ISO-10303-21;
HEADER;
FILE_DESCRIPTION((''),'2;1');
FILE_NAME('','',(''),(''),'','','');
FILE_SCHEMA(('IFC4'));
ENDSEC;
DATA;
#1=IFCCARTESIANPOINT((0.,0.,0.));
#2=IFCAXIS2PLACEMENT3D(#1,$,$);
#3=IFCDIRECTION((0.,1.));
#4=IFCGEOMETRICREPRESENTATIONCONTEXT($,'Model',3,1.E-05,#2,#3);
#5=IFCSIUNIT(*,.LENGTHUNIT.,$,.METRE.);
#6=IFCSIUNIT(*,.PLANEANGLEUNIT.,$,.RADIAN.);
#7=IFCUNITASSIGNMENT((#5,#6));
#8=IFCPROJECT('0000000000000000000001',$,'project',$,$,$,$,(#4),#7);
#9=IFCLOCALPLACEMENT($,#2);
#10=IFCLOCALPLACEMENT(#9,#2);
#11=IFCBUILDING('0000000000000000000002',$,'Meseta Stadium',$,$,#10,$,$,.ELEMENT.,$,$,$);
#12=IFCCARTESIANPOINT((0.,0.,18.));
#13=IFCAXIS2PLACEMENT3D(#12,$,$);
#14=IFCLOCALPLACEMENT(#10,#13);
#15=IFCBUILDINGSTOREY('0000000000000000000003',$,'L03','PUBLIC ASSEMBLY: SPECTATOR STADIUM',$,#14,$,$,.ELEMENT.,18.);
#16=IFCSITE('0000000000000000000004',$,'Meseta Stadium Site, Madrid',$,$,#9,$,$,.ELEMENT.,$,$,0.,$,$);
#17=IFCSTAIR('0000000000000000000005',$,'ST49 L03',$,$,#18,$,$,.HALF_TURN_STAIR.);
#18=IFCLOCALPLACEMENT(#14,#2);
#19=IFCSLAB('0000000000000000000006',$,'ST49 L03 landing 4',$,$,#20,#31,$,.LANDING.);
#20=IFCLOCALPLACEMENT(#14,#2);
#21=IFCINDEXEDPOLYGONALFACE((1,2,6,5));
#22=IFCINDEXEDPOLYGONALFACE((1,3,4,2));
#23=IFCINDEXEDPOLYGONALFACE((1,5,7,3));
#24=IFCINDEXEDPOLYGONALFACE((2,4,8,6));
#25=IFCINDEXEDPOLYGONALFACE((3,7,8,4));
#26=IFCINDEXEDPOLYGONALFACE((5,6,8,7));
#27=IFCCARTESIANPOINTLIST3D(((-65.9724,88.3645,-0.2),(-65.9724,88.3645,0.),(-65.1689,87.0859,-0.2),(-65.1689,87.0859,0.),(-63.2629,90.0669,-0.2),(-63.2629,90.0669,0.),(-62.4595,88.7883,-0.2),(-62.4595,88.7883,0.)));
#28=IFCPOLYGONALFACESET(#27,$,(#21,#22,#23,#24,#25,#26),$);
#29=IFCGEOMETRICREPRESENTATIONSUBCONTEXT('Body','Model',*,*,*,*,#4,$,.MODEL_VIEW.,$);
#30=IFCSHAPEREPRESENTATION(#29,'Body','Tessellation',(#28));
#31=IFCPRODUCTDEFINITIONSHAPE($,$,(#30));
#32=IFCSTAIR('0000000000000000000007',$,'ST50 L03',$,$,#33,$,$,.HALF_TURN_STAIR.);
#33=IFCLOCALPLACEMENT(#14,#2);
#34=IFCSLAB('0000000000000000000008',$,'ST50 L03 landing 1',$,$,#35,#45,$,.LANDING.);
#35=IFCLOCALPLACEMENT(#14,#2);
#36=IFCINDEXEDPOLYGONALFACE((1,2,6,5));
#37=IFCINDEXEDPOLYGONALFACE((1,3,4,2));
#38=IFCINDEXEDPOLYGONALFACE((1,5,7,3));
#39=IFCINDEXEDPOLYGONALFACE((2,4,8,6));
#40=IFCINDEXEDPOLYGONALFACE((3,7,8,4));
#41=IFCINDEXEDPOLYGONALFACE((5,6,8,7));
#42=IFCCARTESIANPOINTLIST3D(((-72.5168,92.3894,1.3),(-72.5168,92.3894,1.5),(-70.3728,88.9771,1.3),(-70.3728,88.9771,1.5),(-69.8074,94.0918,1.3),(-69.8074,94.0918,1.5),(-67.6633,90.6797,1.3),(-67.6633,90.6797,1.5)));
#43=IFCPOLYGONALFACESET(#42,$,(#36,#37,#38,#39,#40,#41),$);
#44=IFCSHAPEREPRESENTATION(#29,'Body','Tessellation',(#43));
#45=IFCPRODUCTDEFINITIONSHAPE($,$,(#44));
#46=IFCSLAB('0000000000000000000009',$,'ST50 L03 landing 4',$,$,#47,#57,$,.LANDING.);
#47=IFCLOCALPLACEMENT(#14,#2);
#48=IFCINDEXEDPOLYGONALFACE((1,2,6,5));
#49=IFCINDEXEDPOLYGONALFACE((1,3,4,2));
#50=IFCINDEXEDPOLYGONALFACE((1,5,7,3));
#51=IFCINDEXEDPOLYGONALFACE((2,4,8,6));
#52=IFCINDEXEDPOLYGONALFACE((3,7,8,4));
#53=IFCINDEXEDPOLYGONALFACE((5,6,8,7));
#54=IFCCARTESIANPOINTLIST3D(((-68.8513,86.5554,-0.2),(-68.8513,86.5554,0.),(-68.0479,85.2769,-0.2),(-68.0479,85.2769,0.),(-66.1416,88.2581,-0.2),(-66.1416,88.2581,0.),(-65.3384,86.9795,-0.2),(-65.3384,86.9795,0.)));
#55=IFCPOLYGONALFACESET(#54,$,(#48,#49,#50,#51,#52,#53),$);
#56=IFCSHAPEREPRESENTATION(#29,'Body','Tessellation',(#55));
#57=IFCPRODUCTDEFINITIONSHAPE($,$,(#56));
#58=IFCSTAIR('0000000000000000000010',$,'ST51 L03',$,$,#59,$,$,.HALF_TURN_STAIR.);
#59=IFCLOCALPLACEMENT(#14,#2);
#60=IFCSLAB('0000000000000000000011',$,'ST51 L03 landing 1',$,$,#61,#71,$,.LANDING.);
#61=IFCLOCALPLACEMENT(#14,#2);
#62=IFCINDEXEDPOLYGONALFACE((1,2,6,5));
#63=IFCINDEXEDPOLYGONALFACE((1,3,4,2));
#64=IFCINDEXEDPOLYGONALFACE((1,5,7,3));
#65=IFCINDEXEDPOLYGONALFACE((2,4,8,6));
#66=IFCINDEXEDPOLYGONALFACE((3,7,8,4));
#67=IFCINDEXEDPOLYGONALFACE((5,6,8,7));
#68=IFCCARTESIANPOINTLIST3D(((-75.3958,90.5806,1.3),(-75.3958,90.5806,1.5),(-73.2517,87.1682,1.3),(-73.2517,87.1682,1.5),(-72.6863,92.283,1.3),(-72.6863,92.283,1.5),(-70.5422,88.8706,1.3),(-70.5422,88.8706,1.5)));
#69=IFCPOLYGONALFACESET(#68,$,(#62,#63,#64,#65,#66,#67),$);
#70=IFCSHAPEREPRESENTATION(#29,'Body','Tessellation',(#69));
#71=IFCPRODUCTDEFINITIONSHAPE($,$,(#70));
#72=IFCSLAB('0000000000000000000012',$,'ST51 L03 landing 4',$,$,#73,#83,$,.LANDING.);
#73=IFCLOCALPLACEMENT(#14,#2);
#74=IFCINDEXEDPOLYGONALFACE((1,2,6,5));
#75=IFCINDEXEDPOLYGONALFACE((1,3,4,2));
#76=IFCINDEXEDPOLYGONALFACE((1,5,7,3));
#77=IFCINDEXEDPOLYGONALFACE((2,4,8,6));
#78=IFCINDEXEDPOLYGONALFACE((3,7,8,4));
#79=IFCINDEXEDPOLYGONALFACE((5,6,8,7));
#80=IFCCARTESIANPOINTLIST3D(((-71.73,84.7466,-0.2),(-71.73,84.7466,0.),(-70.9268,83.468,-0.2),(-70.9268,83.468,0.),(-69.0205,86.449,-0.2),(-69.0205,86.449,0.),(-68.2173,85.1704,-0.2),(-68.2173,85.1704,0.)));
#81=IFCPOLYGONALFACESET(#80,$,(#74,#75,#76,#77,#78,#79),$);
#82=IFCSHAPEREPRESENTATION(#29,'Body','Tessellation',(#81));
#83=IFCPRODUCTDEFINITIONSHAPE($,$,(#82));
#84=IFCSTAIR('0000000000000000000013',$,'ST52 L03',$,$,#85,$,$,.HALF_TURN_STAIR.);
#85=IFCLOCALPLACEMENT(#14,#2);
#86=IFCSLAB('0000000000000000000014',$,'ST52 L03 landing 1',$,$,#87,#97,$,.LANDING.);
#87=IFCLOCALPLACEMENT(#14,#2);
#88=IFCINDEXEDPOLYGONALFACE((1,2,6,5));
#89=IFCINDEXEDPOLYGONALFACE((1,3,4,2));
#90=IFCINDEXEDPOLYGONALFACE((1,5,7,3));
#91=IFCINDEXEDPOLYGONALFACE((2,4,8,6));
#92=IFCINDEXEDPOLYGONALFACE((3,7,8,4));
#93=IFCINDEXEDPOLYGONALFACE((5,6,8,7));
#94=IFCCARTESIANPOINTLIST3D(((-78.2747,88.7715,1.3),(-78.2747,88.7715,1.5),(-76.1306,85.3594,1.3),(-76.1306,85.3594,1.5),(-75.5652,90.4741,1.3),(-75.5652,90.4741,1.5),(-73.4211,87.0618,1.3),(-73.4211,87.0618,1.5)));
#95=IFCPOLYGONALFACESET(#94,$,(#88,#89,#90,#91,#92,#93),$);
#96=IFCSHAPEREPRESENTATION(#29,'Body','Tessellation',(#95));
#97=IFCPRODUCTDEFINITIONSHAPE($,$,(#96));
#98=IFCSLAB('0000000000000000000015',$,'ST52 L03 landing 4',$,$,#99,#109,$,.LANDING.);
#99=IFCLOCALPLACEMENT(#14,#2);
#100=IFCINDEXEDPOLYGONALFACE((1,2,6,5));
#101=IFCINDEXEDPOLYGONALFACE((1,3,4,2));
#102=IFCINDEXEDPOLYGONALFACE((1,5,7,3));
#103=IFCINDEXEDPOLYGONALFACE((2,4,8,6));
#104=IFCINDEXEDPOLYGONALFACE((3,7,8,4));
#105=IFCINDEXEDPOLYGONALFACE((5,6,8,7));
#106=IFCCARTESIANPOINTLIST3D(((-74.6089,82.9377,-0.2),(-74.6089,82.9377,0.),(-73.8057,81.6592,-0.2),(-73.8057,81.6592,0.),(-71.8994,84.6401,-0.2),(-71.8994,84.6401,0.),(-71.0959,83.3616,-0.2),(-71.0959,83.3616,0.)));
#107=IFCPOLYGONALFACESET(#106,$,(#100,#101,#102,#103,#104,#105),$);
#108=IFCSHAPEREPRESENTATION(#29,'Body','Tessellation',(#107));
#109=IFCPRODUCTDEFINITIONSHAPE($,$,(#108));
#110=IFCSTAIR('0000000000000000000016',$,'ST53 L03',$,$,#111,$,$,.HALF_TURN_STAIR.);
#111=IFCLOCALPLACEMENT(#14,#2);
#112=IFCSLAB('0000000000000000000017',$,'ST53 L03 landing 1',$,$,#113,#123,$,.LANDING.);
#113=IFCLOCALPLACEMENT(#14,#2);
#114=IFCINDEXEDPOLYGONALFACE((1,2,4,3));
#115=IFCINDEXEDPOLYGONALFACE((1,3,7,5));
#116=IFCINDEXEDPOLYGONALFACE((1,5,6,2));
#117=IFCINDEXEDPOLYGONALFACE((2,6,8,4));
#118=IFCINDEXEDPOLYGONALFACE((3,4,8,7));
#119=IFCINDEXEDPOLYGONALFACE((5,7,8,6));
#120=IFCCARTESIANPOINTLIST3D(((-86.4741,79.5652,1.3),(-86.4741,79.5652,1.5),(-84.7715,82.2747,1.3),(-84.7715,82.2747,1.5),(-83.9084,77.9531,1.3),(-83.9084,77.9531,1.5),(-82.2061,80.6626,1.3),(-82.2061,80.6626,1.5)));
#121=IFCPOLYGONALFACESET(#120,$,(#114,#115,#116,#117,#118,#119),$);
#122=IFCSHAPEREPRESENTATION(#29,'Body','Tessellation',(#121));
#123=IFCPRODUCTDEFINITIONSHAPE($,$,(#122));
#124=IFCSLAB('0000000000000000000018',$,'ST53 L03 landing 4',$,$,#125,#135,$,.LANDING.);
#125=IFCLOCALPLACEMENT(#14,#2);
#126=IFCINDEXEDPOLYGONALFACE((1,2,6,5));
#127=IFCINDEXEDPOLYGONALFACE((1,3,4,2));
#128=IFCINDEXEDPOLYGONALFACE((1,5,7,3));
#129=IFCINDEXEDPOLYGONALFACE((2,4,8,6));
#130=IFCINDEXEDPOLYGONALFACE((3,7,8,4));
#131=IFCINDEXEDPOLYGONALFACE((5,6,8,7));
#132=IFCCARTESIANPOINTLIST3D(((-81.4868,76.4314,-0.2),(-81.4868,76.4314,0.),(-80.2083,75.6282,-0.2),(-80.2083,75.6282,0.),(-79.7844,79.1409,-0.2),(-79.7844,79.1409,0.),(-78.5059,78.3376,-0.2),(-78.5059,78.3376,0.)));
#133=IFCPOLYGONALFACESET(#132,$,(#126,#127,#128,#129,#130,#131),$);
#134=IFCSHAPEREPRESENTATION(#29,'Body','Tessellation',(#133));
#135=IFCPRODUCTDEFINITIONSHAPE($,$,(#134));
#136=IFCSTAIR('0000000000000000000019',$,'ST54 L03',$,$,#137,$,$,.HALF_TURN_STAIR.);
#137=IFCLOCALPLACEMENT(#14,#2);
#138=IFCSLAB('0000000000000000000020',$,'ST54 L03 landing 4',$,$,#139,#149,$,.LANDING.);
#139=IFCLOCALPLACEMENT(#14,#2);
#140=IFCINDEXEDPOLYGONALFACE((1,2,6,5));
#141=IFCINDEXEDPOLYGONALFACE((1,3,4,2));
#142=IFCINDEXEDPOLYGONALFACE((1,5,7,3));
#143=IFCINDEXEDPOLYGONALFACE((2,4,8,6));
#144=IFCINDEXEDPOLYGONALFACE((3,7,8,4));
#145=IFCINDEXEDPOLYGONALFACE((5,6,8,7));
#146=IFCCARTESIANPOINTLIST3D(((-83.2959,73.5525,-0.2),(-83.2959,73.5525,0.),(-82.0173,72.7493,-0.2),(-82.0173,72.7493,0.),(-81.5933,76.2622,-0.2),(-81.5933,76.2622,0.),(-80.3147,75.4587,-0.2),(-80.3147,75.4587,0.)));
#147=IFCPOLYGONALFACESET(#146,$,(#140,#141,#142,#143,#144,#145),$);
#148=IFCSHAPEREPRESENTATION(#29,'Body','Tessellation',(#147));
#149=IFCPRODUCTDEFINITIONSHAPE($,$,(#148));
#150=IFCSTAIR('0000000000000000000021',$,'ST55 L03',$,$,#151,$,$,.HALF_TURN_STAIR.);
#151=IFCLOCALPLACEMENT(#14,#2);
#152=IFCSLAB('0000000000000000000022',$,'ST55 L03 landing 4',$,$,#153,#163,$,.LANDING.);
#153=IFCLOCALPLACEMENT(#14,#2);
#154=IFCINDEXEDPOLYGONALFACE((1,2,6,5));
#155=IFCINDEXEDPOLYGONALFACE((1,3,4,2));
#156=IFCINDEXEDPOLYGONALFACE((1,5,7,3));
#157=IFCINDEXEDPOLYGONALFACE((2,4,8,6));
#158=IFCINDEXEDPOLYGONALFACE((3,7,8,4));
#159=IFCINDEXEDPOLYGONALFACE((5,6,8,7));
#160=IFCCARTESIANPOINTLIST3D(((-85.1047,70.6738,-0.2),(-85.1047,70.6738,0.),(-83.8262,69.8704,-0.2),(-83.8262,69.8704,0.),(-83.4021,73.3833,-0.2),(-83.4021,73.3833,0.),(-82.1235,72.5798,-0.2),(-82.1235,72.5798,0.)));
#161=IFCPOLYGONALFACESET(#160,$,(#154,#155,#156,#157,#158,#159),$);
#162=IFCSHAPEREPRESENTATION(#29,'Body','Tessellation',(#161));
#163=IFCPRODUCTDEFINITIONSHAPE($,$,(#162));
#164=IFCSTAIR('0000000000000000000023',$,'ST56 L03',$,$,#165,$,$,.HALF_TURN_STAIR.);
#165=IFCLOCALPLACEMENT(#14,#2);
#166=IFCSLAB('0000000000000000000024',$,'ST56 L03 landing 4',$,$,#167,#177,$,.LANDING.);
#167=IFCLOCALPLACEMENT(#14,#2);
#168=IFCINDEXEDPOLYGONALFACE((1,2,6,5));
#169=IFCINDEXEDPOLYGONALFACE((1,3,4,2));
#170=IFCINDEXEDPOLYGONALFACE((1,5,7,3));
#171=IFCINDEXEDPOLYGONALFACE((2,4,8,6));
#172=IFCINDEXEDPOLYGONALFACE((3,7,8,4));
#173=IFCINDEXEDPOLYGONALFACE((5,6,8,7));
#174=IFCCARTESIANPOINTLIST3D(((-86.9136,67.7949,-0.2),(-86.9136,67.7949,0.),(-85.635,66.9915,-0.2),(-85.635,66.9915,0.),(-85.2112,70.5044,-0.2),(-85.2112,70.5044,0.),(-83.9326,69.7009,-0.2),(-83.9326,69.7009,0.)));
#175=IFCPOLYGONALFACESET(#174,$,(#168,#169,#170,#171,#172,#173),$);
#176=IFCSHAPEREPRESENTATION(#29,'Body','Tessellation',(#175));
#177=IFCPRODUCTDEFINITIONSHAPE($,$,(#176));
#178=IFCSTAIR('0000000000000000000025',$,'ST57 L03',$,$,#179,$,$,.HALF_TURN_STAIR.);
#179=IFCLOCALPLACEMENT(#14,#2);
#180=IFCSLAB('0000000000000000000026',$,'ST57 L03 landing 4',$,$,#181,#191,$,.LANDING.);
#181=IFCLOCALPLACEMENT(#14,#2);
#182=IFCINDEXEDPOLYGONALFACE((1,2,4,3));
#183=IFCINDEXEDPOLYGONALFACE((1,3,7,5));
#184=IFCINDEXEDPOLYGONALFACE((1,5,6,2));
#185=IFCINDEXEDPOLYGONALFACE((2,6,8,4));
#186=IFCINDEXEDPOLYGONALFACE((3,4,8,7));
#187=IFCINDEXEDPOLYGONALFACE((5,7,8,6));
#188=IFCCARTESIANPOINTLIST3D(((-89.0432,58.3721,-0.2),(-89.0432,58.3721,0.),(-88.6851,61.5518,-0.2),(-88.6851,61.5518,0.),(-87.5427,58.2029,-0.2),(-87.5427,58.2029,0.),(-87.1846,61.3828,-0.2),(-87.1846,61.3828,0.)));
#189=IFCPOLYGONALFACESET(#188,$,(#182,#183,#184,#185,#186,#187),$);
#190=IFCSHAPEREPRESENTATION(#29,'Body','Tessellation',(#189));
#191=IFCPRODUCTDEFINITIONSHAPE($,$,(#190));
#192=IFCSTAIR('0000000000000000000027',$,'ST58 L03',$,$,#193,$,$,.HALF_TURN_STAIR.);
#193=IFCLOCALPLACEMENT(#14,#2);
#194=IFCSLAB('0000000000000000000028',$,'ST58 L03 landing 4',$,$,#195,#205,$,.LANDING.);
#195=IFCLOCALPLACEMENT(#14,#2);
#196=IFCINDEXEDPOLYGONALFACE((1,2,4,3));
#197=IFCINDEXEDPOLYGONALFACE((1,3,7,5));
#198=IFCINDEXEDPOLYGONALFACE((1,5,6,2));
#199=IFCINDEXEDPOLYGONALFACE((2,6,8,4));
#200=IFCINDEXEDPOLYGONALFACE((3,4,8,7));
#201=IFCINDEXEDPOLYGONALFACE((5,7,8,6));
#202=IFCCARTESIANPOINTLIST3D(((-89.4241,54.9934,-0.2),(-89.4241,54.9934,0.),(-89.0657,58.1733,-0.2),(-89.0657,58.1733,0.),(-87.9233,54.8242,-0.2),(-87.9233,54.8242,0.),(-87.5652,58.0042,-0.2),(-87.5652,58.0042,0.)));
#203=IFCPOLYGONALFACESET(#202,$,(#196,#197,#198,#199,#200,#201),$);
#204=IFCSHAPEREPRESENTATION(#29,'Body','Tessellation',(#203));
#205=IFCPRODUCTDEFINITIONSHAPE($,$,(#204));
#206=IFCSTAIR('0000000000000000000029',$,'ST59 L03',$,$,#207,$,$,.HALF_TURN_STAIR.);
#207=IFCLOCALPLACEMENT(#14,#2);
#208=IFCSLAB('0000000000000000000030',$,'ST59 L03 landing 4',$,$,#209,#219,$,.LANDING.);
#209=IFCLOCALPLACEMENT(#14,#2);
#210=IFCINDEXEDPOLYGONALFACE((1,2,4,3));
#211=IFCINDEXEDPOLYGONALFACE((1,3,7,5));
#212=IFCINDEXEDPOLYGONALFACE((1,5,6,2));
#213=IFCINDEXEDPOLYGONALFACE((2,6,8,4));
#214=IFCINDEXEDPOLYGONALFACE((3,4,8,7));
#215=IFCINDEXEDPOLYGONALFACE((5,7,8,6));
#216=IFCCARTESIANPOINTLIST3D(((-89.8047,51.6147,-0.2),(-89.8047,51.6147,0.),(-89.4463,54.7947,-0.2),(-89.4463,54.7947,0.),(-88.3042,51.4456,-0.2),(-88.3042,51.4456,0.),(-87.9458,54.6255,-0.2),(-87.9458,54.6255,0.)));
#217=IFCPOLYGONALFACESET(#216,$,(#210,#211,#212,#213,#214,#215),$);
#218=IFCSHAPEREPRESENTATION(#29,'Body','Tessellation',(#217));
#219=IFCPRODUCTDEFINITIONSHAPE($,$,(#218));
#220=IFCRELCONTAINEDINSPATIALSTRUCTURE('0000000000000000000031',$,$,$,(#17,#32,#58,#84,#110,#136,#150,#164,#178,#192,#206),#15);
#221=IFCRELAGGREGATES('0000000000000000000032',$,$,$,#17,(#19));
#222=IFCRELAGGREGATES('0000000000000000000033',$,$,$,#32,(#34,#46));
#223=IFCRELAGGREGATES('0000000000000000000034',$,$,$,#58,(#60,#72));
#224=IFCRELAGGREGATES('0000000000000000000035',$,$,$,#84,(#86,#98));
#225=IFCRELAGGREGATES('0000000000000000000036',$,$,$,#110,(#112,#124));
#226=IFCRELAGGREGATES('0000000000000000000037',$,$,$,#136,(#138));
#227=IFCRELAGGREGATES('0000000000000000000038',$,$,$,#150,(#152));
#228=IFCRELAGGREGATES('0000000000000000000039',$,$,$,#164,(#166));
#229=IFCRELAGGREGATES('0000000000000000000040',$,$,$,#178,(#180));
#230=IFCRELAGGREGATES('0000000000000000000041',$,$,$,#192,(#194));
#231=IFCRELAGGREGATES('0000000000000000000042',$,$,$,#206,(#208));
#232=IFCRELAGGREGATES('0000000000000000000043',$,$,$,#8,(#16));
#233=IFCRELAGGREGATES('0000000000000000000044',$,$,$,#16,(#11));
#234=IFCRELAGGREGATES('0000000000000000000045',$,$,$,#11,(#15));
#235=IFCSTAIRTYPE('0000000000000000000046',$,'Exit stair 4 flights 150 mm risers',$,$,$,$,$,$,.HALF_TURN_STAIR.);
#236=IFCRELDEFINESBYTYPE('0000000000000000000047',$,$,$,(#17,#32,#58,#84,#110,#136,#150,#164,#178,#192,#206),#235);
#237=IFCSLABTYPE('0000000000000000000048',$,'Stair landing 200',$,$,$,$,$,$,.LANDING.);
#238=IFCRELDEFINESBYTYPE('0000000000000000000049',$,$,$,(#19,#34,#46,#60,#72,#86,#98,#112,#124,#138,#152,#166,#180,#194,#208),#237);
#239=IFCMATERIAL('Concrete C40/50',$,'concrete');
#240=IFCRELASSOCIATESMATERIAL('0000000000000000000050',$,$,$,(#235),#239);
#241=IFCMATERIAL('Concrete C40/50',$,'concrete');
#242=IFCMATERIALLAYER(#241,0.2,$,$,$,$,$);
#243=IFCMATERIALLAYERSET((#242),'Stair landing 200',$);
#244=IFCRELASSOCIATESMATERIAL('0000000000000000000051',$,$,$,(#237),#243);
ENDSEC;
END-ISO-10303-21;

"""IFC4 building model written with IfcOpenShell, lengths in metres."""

from ifc_helpers import new_model, si_unit, direction, frame, origin, place, context, subcontext, project, spatial, polyline, outline, extrude, material, layer, layer_set, type_object, element, aggregate, save


model = new_model("IFC4")

# Units and contexts
model_context = context("Model", 3, precision=1e-05, world=origin(), true_north=direction((0.0, 1.0)))
body_context = subcontext(model_context, "Body", "Model", "MODEL_VIEW")
ifc_project = project(units=[si_unit("LENGTHUNIT", "METRE"), si_unit("PLANEANGLEUNIT", "RADIAN")], contexts=[model_context])

# Site, building, storey
site_placement = place(None, origin())
site = spatial("IfcSite", under=ifc_project, at=site_placement, Name="Meseta Stadium Site, Madrid", CompositionType="ELEMENT", RefElevation=0.0)
building_placement = place(site_placement, origin())
building = spatial("IfcBuilding", under=site, at=building_placement, Name="Meseta Stadium", CompositionType="ELEMENT")
storey_placement = place(building_placement, frame((0.0, 0.0, 18.0)))
storey = spatial("IfcBuildingStorey", under=building, at=storey_placement, Name="L03", Description="PUBLIC ASSEMBLY: SPECTATOR STADIUM", CompositionType="ELEMENT", Elevation=18.0)

# Stair, slab
ifc_material_1 = material(Name="Concrete C40/50", Category="concrete")
stair_type = type_object("IfcStairType", Name="Exit stair 4 flights 150 mm risers", PredefinedType="HALF_TURN_STAIR", material=ifc_material_1)
stair_1_placement = place(storey_placement, origin())
stair_1 = element("IfcStair", 1, at=stair_1_placement, inside=storey, type_object=stair_type, Name="ST49 L03", PredefinedType="HALF_TURN_STAIR")
ifc_material_2 = material(Name="Concrete C40/50", Category="concrete")
ifc_layer = layer(ifc_material_2, 0.2)
ifc_layer_set = layer_set([ifc_layer], Name="Stair landing 200")
slab_type = type_object("IfcSlabType", Name="Stair landing 200", PredefinedType="LANDING", material=ifc_layer_set)
slab_1_placement = place(storey_placement, frame((0.0, 0.0, -0.2)))
slab_1 = element("IfcSlab", 2, at=slab_1_placement, type_object=slab_type, Name="ST49 L03 landing 4", PredefinedType="LANDING", context=body_context, shape_type="SweptSolid", body=[
    extrude(outline(polyline([(-62.4595, 88.7883), (-63.2629, 90.0669), (-65.9724, 88.3645), (-65.1689, 87.0859), (-62.4595, 88.7883)])), origin(), (0.0, 0.0, 1.0), 0.2),
])
aggregate(stair_1, [slab_1])

# Stairs, slabs
stair_2_placement = place(storey_placement, origin())
stair_2 = element("IfcStair", 3, at=stair_2_placement, inside=storey, type_object=stair_type, Name="ST50 L03", PredefinedType="HALF_TURN_STAIR")
slab_2_placement = place(storey_placement, frame((0.0, 0.0, 1.3)))
slab_2 = element("IfcSlab", 4, at=slab_2_placement, type_object=slab_type, Name="ST50 L03 landing 1", PredefinedType="LANDING", context=body_context, shape_type="SweptSolid", body=[
    extrude(outline(polyline([(-67.6633, 90.6797), (-69.8074, 94.0918), (-72.5168, 92.3894), (-70.3728, 88.9771), (-67.6633, 90.6797)])), origin(), (0.0, 0.0, 1.0), 0.2),
])
slab_3_placement = place(storey_placement, frame((0.0, 0.0, -0.2)))
slab_3 = element("IfcSlab", 5, at=slab_3_placement, type_object=slab_type, Name="ST50 L03 landing 4", PredefinedType="LANDING", context=body_context, shape_type="SweptSolid", body=[
    extrude(outline(polyline([(-65.3384, 86.9795), (-66.1416, 88.2581), (-68.8513, 86.5554), (-68.0479, 85.2769), (-65.3384, 86.9795)])), origin(), (0.0, 0.0, 1.0), 0.2),
])
aggregate(stair_2, [slab_2, slab_3])
stair_3_placement = place(storey_placement, origin())
stair_3 = element("IfcStair", 6, at=stair_3_placement, inside=storey, type_object=stair_type, Name="ST51 L03", PredefinedType="HALF_TURN_STAIR")
slab_4_placement = place(storey_placement, frame((0.0, 0.0, 1.3)))
slab_4 = element("IfcSlab", 7, at=slab_4_placement, type_object=slab_type, Name="ST51 L03 landing 1", PredefinedType="LANDING", context=body_context, shape_type="SweptSolid", body=[
    extrude(outline(polyline([(-70.5422, 88.8706), (-72.6863, 92.283), (-75.3958, 90.5806), (-73.2517, 87.1682), (-70.5422, 88.8706)])), origin(), (0.0, 0.0, 1.0), 0.2),
])
slab_5_placement = place(storey_placement, frame((0.0, 0.0, -0.2)))
slab_5 = element("IfcSlab", 8, at=slab_5_placement, type_object=slab_type, Name="ST51 L03 landing 4", PredefinedType="LANDING", context=body_context, shape_type="SweptSolid", body=[
    extrude(outline(polyline([(-68.2173, 85.1704), (-69.0205, 86.449), (-71.73, 84.7466), (-70.9268, 83.468), (-68.2173, 85.1704)])), origin(), (0.0, 0.0, 1.0), 0.2),
])
aggregate(stair_3, [slab_4, slab_5])
stair_4_placement = place(storey_placement, origin())
stair_4 = element("IfcStair", 9, at=stair_4_placement, inside=storey, type_object=stair_type, Name="ST52 L03", PredefinedType="HALF_TURN_STAIR")
slab_6_placement = place(storey_placement, frame((0.0, 0.0, 1.3)))
slab_6 = element("IfcSlab", 10, at=slab_6_placement, type_object=slab_type, Name="ST52 L03 landing 1", PredefinedType="LANDING", context=body_context, shape_type="SweptSolid", body=[
    extrude(outline(polyline([(-73.4211, 87.0618), (-75.5652, 90.4741), (-78.2747, 88.7715), (-76.1306, 85.3594), (-73.4211, 87.0618)])), origin(), (0.0, 0.0, 1.0), 0.2),
])
slab_7_placement = place(storey_placement, frame((0.0, 0.0, -0.2)))
slab_7 = element("IfcSlab", 11, at=slab_7_placement, type_object=slab_type, Name="ST52 L03 landing 4", PredefinedType="LANDING", context=body_context, shape_type="SweptSolid", body=[
    extrude(outline(polyline([(-71.0959, 83.3616), (-71.8994, 84.6401), (-74.6089, 82.9377), (-73.8057, 81.6592), (-71.0959, 83.3616)])), origin(), (0.0, 0.0, 1.0), 0.2),
])
aggregate(stair_4, [slab_6, slab_7])
stair_5_placement = place(storey_placement, origin())
stair_5 = element("IfcStair", 12, at=stair_5_placement, inside=storey, type_object=stair_type, Name="ST53 L03", PredefinedType="HALF_TURN_STAIR")
slab_8_placement = place(storey_placement, frame((0.0, 0.0, 1.3)))
slab_8 = element("IfcSlab", 13, at=slab_8_placement, type_object=slab_type, Name="ST53 L03 landing 1", PredefinedType="LANDING", context=body_context, shape_type="SweptSolid", body=[
    extrude(outline(polyline([(-82.2061, 80.6626), (-84.7715, 82.2747), (-86.4741, 79.5652), (-83.9084, 77.9531), (-82.2061, 80.6626)])), origin(), (0.0, 0.0, 1.0), 0.2),
])
slab_9_placement = place(storey_placement, frame((0.0, 0.0, -0.2)))
slab_9 = element("IfcSlab", 14, at=slab_9_placement, type_object=slab_type, Name="ST53 L03 landing 4", PredefinedType="LANDING", context=body_context, shape_type="SweptSolid", body=[
    extrude(outline(polyline([(-78.5059, 78.3376), (-79.7844, 79.1409), (-81.4868, 76.4314), (-80.2083, 75.6282), (-78.5059, 78.3376)])), origin(), (0.0, 0.0, 1.0), 0.2),
])
aggregate(stair_5, [slab_8, slab_9])

# Stairs, slabs
stair_6_placement = place(storey_placement, origin())
stair_6 = element("IfcStair", 15, at=stair_6_placement, inside=storey, type_object=stair_type, Name="ST54 L03", PredefinedType="HALF_TURN_STAIR")
slab_10_placement = place(storey_placement, frame((0.0, 0.0, -0.2)))
slab_10 = element("IfcSlab", 16, at=slab_10_placement, type_object=slab_type, Name="ST54 L03 landing 4", PredefinedType="LANDING", context=body_context, shape_type="SweptSolid", body=[
    extrude(outline(polyline([(-80.3147, 75.4587), (-81.5933, 76.2622), (-83.2959, 73.5525), (-82.0173, 72.7493), (-80.3147, 75.4587)])), origin(), (0.0, 0.0, 1.0), 0.2),
])
aggregate(stair_6, [slab_10])
stair_7_placement = place(storey_placement, origin())
stair_7 = element("IfcStair", 17, at=stair_7_placement, inside=storey, type_object=stair_type, Name="ST55 L03", PredefinedType="HALF_TURN_STAIR")
slab_11_placement = place(storey_placement, frame((0.0, 0.0, -0.2)))
slab_11 = element("IfcSlab", 18, at=slab_11_placement, type_object=slab_type, Name="ST55 L03 landing 4", PredefinedType="LANDING", context=body_context, shape_type="SweptSolid", body=[
    extrude(outline(polyline([(-82.1235, 72.5798), (-83.4021, 73.3833), (-85.1047, 70.6738), (-83.8262, 69.8704), (-82.1235, 72.5798)])), origin(), (0.0, 0.0, 1.0), 0.2),
])
aggregate(stair_7, [slab_11])
stair_8_placement = place(storey_placement, origin())
stair_8 = element("IfcStair", 19, at=stair_8_placement, inside=storey, type_object=stair_type, Name="ST56 L03", PredefinedType="HALF_TURN_STAIR")
slab_12_placement = place(storey_placement, frame((0.0, 0.0, -0.2)))
slab_12 = element("IfcSlab", 20, at=slab_12_placement, type_object=slab_type, Name="ST56 L03 landing 4", PredefinedType="LANDING", context=body_context, shape_type="SweptSolid", body=[
    extrude(outline(polyline([(-83.9326, 69.7009), (-85.2112, 70.5044), (-86.9136, 67.7949), (-85.635, 66.9915), (-83.9326, 69.7009)])), origin(), (0.0, 0.0, 1.0), 0.2),
])
aggregate(stair_8, [slab_12])
stair_9_placement = place(storey_placement, origin())
stair_9 = element("IfcStair", 21, at=stair_9_placement, inside=storey, type_object=stair_type, Name="ST57 L03", PredefinedType="HALF_TURN_STAIR")
slab_13_placement = place(storey_placement, frame((0.0, 0.0, -0.2)))
slab_13 = element("IfcSlab", 22, at=slab_13_placement, type_object=slab_type, Name="ST57 L03 landing 4", PredefinedType="LANDING", context=body_context, shape_type="SweptSolid", body=[
    extrude(outline(polyline([(-87.1846, 61.3828), (-88.6851, 61.5518), (-89.0432, 58.3721), (-87.5427, 58.2029), (-87.1846, 61.3828)])), origin(), (0.0, 0.0, 1.0), 0.2),
])
aggregate(stair_9, [slab_13])
stair_10_placement = place(storey_placement, origin())
stair_10 = element("IfcStair", 23, at=stair_10_placement, inside=storey, type_object=stair_type, Name="ST58 L03", PredefinedType="HALF_TURN_STAIR")
slab_14_placement = place(storey_placement, frame((0.0, 0.0, -0.2)))
slab_14 = element("IfcSlab", 24, at=slab_14_placement, type_object=slab_type, Name="ST58 L03 landing 4", PredefinedType="LANDING", context=body_context, shape_type="SweptSolid", body=[
    extrude(outline(polyline([(-87.5652, 58.0042), (-89.0657, 58.1733), (-89.4241, 54.9934), (-87.9233, 54.8242), (-87.5652, 58.0042)])), origin(), (0.0, 0.0, 1.0), 0.2),
])
aggregate(stair_10, [slab_14])
stair_11_placement = place(storey_placement, origin())
stair_11 = element("IfcStair", 25, at=stair_11_placement, inside=storey, type_object=stair_type, Name="ST59 L03", PredefinedType="HALF_TURN_STAIR")
slab_15_placement = place(storey_placement, frame((0.0, 0.0, -0.2)))
slab_15 = element("IfcSlab", 26, at=slab_15_placement, type_object=slab_type, Name="ST59 L03 landing 4", PredefinedType="LANDING", context=body_context, shape_type="SweptSolid", body=[
    extrude(outline(polyline([(-87.9458, 54.6255), (-89.4463, 54.7947), (-89.8047, 51.6147), (-88.3042, 51.4456), (-87.9458, 54.6255)])), origin(), (0.0, 0.0, 1.0), 0.2),
])
aggregate(stair_11, [slab_15])

save(model, "model.ifc")
